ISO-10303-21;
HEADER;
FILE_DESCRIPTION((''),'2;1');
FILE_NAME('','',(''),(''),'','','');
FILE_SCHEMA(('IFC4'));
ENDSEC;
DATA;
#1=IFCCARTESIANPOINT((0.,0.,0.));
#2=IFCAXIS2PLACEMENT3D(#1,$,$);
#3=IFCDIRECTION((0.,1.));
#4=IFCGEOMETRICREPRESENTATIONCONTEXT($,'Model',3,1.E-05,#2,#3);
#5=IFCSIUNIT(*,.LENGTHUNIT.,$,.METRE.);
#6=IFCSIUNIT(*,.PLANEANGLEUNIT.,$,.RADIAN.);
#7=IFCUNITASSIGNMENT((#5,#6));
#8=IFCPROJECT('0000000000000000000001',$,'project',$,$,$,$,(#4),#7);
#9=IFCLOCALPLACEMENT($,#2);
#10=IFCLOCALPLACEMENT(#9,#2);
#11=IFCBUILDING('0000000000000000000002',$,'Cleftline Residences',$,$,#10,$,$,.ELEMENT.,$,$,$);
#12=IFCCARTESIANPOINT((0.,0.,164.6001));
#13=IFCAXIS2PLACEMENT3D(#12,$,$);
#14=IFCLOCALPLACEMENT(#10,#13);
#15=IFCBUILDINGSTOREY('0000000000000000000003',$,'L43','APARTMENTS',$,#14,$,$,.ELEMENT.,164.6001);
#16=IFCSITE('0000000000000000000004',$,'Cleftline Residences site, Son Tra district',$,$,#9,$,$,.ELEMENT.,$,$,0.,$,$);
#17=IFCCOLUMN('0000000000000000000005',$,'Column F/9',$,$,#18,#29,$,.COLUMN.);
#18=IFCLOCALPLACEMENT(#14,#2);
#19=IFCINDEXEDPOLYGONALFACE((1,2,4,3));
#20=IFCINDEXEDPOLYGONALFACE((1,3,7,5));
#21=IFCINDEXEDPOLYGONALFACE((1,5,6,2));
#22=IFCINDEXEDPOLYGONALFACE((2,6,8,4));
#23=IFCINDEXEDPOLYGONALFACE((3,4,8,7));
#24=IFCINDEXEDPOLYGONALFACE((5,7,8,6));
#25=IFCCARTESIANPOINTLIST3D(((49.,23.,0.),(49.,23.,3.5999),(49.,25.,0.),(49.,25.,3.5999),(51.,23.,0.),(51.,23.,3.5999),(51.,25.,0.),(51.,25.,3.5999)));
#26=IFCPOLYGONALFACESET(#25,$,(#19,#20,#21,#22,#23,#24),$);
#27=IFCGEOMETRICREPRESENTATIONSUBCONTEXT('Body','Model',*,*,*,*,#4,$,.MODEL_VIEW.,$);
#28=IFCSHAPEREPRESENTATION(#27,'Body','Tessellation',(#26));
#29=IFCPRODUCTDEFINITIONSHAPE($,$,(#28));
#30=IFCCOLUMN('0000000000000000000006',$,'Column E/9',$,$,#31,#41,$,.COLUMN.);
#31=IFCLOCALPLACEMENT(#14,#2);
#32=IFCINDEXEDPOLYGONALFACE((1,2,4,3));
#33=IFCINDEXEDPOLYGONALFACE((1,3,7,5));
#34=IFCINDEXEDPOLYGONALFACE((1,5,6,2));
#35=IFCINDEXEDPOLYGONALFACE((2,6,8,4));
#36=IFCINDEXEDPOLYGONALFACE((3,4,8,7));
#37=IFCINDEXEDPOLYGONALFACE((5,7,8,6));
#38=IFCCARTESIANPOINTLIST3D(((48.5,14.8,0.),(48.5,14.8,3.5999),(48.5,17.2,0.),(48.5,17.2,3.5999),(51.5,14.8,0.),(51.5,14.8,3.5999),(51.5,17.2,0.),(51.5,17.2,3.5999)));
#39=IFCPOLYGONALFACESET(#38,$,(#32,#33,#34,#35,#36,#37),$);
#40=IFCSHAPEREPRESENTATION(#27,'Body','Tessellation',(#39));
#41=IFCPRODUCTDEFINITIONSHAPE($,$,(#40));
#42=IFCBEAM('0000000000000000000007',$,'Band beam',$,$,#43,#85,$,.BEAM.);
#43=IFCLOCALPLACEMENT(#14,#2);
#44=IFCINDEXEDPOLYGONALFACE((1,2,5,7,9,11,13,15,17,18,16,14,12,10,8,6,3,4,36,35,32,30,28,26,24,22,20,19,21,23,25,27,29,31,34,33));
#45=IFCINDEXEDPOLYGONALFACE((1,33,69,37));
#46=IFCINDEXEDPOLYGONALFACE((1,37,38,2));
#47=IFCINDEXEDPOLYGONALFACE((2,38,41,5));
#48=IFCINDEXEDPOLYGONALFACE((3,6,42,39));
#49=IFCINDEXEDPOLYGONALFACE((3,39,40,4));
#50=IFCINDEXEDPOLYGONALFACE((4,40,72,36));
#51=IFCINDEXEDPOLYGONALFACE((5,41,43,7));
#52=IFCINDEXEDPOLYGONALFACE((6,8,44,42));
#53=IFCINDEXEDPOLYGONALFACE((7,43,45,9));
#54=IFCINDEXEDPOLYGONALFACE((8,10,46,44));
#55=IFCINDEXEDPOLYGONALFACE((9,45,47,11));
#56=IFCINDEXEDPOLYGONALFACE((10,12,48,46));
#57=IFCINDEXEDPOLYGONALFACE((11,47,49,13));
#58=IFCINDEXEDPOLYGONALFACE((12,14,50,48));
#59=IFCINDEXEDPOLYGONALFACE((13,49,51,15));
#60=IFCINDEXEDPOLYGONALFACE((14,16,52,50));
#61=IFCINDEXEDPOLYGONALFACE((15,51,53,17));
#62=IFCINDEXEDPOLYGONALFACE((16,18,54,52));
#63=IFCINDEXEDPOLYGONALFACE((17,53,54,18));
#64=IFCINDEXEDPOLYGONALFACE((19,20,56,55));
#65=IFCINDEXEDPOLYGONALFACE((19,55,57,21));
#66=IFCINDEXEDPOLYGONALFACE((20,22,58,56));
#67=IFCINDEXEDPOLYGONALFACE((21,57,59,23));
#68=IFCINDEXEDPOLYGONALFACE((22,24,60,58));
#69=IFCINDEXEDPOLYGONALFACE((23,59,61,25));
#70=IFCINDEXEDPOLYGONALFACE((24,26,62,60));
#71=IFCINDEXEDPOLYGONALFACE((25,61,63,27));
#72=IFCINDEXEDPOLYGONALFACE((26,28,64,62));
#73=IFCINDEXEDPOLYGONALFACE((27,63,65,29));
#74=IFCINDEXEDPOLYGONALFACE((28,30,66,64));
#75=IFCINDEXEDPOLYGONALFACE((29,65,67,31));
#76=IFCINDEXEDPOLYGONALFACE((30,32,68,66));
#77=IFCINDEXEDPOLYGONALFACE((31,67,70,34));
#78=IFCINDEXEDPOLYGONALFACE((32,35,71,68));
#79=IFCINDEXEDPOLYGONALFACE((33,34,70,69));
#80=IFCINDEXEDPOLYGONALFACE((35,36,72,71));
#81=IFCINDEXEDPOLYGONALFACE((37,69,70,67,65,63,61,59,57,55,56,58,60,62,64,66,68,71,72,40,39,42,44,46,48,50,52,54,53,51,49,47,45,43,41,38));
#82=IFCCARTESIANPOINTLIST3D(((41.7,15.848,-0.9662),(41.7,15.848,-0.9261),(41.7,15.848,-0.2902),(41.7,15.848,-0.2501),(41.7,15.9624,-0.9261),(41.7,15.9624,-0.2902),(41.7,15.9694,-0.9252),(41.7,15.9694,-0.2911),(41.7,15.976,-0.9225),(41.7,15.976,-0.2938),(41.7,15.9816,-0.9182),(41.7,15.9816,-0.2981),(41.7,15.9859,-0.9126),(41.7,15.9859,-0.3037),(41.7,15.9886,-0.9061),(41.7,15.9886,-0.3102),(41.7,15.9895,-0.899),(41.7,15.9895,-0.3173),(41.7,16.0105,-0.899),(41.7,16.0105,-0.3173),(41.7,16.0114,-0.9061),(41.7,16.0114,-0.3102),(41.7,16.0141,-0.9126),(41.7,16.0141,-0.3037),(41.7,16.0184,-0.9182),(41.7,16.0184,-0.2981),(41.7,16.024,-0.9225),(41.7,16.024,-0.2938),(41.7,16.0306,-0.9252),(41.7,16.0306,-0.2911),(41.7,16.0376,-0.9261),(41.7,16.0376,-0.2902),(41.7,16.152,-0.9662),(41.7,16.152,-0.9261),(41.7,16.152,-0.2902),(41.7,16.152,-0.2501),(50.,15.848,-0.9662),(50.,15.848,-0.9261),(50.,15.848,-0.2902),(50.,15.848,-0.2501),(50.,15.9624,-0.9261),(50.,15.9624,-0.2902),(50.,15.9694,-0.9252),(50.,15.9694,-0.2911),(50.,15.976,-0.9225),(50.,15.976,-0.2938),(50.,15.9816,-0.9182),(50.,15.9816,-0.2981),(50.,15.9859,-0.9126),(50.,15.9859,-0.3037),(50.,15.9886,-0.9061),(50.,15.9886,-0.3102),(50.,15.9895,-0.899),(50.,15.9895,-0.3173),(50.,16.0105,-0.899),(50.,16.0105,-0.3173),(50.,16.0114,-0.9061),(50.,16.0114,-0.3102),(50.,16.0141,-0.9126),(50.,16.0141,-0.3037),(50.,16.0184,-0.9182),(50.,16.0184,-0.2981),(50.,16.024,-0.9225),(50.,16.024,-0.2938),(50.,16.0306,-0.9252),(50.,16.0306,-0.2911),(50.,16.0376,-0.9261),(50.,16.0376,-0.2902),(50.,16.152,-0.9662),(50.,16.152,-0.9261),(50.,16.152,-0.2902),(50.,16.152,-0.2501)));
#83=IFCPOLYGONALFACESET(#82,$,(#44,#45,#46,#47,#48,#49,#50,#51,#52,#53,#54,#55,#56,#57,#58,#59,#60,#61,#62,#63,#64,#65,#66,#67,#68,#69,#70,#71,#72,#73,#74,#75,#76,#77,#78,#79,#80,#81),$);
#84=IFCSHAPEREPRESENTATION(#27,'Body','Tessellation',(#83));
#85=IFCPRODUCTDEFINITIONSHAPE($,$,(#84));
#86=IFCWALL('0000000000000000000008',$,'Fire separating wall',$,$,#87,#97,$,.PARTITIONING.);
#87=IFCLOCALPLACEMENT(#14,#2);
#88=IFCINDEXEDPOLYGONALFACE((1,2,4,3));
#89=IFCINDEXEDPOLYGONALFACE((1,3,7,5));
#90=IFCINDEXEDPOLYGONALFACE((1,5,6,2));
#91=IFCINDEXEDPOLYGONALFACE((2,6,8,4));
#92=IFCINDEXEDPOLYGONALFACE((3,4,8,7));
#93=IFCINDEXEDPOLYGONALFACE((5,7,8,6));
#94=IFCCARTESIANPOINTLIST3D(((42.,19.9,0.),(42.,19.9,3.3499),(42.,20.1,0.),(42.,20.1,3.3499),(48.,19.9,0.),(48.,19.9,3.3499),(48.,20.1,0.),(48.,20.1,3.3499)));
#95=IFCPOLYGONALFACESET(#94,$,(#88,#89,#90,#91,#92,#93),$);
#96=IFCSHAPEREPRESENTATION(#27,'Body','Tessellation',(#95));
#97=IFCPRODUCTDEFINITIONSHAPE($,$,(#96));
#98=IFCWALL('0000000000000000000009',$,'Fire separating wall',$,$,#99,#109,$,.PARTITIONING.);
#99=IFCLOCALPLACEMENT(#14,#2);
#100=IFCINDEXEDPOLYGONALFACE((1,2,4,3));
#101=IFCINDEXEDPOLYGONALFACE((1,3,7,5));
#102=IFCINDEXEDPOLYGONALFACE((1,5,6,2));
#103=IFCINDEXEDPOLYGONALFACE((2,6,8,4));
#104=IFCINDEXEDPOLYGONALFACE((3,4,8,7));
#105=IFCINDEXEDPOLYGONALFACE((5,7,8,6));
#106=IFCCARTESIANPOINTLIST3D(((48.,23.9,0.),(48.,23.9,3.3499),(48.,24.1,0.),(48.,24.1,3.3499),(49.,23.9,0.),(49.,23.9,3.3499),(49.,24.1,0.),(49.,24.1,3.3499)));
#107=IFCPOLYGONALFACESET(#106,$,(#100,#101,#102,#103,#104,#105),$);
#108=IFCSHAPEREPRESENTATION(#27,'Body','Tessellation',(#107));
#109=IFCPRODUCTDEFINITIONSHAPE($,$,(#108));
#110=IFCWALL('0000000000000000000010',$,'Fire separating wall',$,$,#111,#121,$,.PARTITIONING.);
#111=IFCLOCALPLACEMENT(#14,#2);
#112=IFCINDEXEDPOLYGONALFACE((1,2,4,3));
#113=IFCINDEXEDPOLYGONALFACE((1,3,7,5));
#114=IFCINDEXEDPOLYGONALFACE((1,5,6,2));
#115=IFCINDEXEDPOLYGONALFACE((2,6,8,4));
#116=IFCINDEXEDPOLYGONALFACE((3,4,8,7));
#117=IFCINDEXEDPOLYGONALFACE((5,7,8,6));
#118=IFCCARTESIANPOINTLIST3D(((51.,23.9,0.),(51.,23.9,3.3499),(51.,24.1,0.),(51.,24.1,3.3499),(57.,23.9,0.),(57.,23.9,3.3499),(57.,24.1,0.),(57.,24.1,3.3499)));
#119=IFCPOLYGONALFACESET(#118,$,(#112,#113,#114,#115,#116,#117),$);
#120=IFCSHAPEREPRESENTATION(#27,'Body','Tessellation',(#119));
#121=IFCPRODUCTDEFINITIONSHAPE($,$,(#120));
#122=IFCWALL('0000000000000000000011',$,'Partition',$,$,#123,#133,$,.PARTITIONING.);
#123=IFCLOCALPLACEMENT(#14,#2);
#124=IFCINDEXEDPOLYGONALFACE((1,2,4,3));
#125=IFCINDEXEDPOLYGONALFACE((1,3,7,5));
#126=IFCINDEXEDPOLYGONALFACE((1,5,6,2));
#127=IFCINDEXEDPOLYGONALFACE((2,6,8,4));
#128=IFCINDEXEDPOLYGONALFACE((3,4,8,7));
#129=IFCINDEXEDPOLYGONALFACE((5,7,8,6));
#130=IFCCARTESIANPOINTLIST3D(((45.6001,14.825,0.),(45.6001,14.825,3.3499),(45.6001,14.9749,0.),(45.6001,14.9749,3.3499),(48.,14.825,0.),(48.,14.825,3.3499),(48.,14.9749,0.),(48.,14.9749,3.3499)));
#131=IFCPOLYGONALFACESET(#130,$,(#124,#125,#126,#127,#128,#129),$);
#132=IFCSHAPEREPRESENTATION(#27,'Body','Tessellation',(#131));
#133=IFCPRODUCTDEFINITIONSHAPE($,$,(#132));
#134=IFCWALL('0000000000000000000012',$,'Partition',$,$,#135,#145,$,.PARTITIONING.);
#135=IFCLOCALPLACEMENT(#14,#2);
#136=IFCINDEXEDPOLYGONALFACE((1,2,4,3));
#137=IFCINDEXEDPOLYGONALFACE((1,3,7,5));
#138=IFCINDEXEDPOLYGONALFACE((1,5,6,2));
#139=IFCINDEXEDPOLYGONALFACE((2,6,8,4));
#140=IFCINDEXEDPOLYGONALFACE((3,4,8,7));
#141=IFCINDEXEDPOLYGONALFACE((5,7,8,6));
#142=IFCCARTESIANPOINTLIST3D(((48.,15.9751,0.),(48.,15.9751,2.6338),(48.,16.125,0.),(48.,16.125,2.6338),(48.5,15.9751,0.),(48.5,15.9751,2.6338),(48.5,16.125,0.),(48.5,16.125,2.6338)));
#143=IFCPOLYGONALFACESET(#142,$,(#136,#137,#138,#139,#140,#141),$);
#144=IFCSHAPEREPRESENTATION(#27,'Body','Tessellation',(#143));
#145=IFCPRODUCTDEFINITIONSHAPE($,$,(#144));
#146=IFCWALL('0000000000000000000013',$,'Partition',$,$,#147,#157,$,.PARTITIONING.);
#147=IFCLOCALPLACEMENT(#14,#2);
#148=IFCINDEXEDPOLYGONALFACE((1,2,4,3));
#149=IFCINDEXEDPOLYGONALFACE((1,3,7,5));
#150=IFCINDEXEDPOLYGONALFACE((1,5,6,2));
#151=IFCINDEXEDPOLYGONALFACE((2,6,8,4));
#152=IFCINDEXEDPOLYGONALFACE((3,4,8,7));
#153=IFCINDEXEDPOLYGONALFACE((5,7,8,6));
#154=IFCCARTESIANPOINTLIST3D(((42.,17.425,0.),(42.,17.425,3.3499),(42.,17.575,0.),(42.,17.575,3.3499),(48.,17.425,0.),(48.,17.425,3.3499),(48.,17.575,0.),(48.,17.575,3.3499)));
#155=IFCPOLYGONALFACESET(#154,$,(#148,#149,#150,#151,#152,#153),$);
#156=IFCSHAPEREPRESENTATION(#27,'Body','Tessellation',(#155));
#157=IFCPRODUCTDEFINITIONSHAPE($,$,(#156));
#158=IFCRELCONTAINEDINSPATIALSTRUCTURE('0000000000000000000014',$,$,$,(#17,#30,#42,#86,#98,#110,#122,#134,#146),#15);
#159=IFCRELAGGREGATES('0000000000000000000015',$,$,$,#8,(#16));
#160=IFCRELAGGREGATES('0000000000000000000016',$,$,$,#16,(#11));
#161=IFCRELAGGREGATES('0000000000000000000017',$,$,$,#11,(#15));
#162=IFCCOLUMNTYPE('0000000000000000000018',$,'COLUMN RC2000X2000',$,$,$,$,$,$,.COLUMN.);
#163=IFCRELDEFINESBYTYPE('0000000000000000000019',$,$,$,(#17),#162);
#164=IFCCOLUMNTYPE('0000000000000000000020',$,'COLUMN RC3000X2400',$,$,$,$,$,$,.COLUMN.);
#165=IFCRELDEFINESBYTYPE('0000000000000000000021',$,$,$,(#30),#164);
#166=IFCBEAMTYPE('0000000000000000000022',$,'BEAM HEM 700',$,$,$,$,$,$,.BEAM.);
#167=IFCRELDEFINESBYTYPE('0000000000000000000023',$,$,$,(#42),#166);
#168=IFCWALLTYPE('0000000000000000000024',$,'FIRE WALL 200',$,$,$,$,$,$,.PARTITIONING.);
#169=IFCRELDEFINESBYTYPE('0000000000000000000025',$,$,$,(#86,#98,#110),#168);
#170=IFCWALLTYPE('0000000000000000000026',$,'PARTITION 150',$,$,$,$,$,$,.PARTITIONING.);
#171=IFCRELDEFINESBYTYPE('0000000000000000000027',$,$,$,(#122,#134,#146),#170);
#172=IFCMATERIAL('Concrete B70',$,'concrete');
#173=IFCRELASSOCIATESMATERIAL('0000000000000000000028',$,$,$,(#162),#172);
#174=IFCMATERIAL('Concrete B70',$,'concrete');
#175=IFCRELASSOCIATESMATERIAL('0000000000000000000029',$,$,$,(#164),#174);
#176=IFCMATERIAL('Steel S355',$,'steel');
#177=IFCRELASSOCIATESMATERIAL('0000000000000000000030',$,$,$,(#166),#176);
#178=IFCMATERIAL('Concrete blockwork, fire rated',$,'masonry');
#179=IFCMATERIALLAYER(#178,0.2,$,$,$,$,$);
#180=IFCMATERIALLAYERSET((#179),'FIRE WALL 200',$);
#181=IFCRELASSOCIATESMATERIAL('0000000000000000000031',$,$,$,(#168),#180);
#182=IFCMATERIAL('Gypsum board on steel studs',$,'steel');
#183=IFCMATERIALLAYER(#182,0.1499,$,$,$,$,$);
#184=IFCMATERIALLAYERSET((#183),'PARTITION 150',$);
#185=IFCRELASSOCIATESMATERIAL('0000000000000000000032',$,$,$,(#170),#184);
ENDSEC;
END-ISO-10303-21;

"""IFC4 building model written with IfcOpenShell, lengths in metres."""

from ifc_helpers import new_model, si_unit, direction, frame, frame_2d, origin, origin_2d, place, context, subcontext, project, spatial, rectangle, i_section, extrude, material, layer, layer_set, material_profile, profile_set, type_object, element, save


model = new_model("IFC4")

# Units and contexts
model_context = context("Model", 3, precision=1e-05, world=origin(), true_north=direction((0.0, 1.0)))
body_context = subcontext(model_context, "Body", "Model", "MODEL_VIEW")
ifc_project = project(units=[si_unit("LENGTHUNIT", "METRE"), si_unit("PLANEANGLEUNIT", "RADIAN")], contexts=[model_context])

# Site, building, storey
site_placement = place(None, origin())
site = spatial("IfcSite", under=ifc_project, at=site_placement, Name="Cleftline Residences site, Son Tra district", CompositionType="ELEMENT", RefElevation=0.0)
building_placement = place(site_placement, origin())
building = spatial("IfcBuilding", under=site, at=building_placement, Name="Cleftline Residences", CompositionType="ELEMENT")
storey_placement = place(building_placement, frame((0.0, 0.0, 164.6001)))
storey = spatial("IfcBuildingStorey", under=building, at=storey_placement, Name="L43", Description="APARTMENTS", CompositionType="ELEMENT", Elevation=164.6001)

# Columns
ifc_material_1 = material(Name="Concrete B70", Category="concrete")
ifc_material_profile_1 = material_profile(ifc_material_1, rectangle(XDim=2.0, YDim=2.0, at=origin_2d()))
ifc_profile_set_1 = profile_set([ifc_material_profile_1], Name="Concrete B70")
column_type_1 = type_object("IfcColumnType", Name="COLUMN RC2000X2000", PredefinedType="COLUMN", material=ifc_profile_set_1)
column_1_placement = place(storey_placement, frame((50.0, 24.0, 0.0), z_axis=(0.0, 0.0, 1.0), x_axis=(1.0, 0.0, 0.0)))
element("IfcColumn", 1, at=column_1_placement, inside=storey, type_object=column_type_1, Name="Column F/9", PredefinedType="COLUMN", context=body_context, shape_type="SweptSolid", body=[
    extrude(rectangle(XDim=2.0, YDim=2.0, at=origin_2d()), origin(), (0.0, 0.0, 1.0), 3.5999),
])
ifc_material_2 = material(Name="Concrete B70", Category="concrete")
ifc_material_profile_2 = material_profile(ifc_material_2, rectangle(XDim=3.0, YDim=2.3999, at=origin_2d()))
ifc_profile_set_2 = profile_set([ifc_material_profile_2], Name="Concrete B70")
column_type_2 = type_object("IfcColumnType", Name="COLUMN RC3000X2400", PredefinedType="COLUMN", material=ifc_profile_set_2)
column_2_placement = place(storey_placement, frame((50.0, 16.0, 0.0), z_axis=(0.0, 0.0, 1.0), x_axis=(1.0, 0.0, 0.0)))
element("IfcColumn", 2, at=column_2_placement, inside=storey, type_object=column_type_2, Name="Column E/9", PredefinedType="COLUMN", context=body_context, shape_type="SweptSolid", body=[
    extrude(rectangle(XDim=3.0, YDim=2.3999, at=origin_2d()), origin(), (0.0, 0.0, 1.0), 3.5999),
])

# Beam
ifc_material_3 = material(Name="Steel S355", Category="steel")
ifc_material_profile_3 = material_profile(ifc_material_3, i_section(OverallWidth=0.304, OverallDepth=0.7161, WebThickness=0.021, FlangeThickness=0.04, FilletRadius=0.0271, at=origin_2d()))
ifc_profile_set_3 = profile_set([ifc_material_profile_3], Name="Steel S355")
beam_type = type_object("IfcBeamType", Name="BEAM HEM 700", PredefinedType="BEAM", material=ifc_profile_set_3)
beam_placement = place(storey_placement, frame((50.0, 16.0, -0.6082), z_axis=(-1.0, 0.0, 0.0), x_axis=(0.0, -1.0, 0.0)))
element("IfcBeam", 3, at=beam_placement, inside=storey, type_object=beam_type, Name="Band beam", PredefinedType="BEAM", context=body_context, shape_type="SweptSolid", body=[
    extrude(i_section(OverallWidth=0.304, OverallDepth=0.7161, WebThickness=0.021, FlangeThickness=0.04, FilletRadius=0.0271, at=origin_2d()), origin(), (0.0, 0.0, 1.0), 8.3),
])

# Walls
ifc_material_4 = material(Name="Concrete blockwork, fire rated", Category="masonry")
ifc_layer_1 = layer(ifc_material_4, 0.2)
ifc_layer_set_1 = layer_set([ifc_layer_1], Name="FIRE WALL 200")
wall_type_1 = type_object("IfcWallType", Name="FIRE WALL 200", PredefinedType="PARTITIONING", material=ifc_layer_set_1)
wall_1_placement = place(storey_placement, frame((42.0, 20.0, 0.0), z_axis=(0.0, 0.0, 1.0), x_axis=(1.0, 0.0, 0.0)))
element("IfcWall", 4, at=wall_1_placement, inside=storey, type_object=wall_type_1, Name="Fire separating wall", PredefinedType="PARTITIONING", context=body_context, shape_type="SweptSolid", body=[
    extrude(rectangle(XDim=6.0, YDim=0.2, at=frame_2d((3.0, 0.0))), origin(), (0.0, 0.0, 1.0), 3.3499),
])
wall_2_placement = place(storey_placement, frame((48.0, 24.0, 0.0), z_axis=(0.0, 0.0, 1.0), x_axis=(1.0, 0.0, 0.0)))
element("IfcWall", 5, at=wall_2_placement, inside=storey, type_object=wall_type_1, Name="Fire separating wall", PredefinedType="PARTITIONING", context=body_context, shape_type="SweptSolid", body=[
    extrude(rectangle(XDim=1.0, YDim=0.2, at=frame_2d((0.5, 0.0))), origin(), (0.0, 0.0, 1.0), 3.3499),
])
wall_3_placement = place(storey_placement, frame((51.0, 24.0, 0.0), z_axis=(0.0, 0.0, 1.0), x_axis=(1.0, 0.0, 0.0)))
element("IfcWall", 6, at=wall_3_placement, inside=storey, type_object=wall_type_1, Name="Fire separating wall", PredefinedType="PARTITIONING", context=body_context, shape_type="SweptSolid", body=[
    extrude(rectangle(XDim=6.0, YDim=0.2, at=frame_2d((3.0, 0.0))), origin(), (0.0, 0.0, 1.0), 3.3499),
])

# Walls
ifc_material_5 = material(Name="Gypsum board on steel studs", Category="steel")
ifc_layer_2 = layer(ifc_material_5, 0.1499)
ifc_layer_set_2 = layer_set([ifc_layer_2], Name="PARTITION 150")
wall_type_2 = type_object("IfcWallType", Name="PARTITION 150", PredefinedType="PARTITIONING", material=ifc_layer_set_2)
wall_4_placement = place(storey_placement, frame((45.6001, 14.8999, 0.0), z_axis=(0.0, 0.0, 1.0), x_axis=(1.0, 0.0, 0.0)))
element("IfcWall", 7, at=wall_4_placement, inside=storey, type_object=wall_type_2, Name="Partition", PredefinedType="PARTITIONING", context=body_context, shape_type="SweptSolid", body=[
    extrude(rectangle(XDim=2.3999, YDim=0.1499, at=frame_2d((1.2, 0.0))), origin(), (0.0, 0.0, 1.0), 3.3499),
])
wall_5_placement = place(storey_placement, frame((48.0, 16.05, 0.0), z_axis=(0.0, 0.0, 1.0), x_axis=(1.0, 0.0, 0.0)))
element("IfcWall", 8, at=wall_5_placement, inside=storey, type_object=wall_type_2, Name="Partition", PredefinedType="PARTITIONING", context=body_context, shape_type="SweptSolid", body=[
    extrude(rectangle(XDim=0.5, YDim=0.1499, at=frame_2d((0.25, 0.0))), origin(), (0.0, 0.0, 1.0), 2.6338),
])
wall_6_placement = place(storey_placement, frame((42.0, 17.5, 0.0), z_axis=(0.0, 0.0, 1.0), x_axis=(1.0, 0.0, 0.0)))
element("IfcWall", 9, at=wall_6_placement, inside=storey, type_object=wall_type_2, Name="Partition", PredefinedType="PARTITIONING", context=body_context, shape_type="SweptSolid", body=[
    extrude(rectangle(XDim=6.0, YDim=0.1499, at=frame_2d((3.0, 0.0))), origin(), (0.0, 0.0, 1.0), 3.3499),
])

save(model, "model.ifc")
